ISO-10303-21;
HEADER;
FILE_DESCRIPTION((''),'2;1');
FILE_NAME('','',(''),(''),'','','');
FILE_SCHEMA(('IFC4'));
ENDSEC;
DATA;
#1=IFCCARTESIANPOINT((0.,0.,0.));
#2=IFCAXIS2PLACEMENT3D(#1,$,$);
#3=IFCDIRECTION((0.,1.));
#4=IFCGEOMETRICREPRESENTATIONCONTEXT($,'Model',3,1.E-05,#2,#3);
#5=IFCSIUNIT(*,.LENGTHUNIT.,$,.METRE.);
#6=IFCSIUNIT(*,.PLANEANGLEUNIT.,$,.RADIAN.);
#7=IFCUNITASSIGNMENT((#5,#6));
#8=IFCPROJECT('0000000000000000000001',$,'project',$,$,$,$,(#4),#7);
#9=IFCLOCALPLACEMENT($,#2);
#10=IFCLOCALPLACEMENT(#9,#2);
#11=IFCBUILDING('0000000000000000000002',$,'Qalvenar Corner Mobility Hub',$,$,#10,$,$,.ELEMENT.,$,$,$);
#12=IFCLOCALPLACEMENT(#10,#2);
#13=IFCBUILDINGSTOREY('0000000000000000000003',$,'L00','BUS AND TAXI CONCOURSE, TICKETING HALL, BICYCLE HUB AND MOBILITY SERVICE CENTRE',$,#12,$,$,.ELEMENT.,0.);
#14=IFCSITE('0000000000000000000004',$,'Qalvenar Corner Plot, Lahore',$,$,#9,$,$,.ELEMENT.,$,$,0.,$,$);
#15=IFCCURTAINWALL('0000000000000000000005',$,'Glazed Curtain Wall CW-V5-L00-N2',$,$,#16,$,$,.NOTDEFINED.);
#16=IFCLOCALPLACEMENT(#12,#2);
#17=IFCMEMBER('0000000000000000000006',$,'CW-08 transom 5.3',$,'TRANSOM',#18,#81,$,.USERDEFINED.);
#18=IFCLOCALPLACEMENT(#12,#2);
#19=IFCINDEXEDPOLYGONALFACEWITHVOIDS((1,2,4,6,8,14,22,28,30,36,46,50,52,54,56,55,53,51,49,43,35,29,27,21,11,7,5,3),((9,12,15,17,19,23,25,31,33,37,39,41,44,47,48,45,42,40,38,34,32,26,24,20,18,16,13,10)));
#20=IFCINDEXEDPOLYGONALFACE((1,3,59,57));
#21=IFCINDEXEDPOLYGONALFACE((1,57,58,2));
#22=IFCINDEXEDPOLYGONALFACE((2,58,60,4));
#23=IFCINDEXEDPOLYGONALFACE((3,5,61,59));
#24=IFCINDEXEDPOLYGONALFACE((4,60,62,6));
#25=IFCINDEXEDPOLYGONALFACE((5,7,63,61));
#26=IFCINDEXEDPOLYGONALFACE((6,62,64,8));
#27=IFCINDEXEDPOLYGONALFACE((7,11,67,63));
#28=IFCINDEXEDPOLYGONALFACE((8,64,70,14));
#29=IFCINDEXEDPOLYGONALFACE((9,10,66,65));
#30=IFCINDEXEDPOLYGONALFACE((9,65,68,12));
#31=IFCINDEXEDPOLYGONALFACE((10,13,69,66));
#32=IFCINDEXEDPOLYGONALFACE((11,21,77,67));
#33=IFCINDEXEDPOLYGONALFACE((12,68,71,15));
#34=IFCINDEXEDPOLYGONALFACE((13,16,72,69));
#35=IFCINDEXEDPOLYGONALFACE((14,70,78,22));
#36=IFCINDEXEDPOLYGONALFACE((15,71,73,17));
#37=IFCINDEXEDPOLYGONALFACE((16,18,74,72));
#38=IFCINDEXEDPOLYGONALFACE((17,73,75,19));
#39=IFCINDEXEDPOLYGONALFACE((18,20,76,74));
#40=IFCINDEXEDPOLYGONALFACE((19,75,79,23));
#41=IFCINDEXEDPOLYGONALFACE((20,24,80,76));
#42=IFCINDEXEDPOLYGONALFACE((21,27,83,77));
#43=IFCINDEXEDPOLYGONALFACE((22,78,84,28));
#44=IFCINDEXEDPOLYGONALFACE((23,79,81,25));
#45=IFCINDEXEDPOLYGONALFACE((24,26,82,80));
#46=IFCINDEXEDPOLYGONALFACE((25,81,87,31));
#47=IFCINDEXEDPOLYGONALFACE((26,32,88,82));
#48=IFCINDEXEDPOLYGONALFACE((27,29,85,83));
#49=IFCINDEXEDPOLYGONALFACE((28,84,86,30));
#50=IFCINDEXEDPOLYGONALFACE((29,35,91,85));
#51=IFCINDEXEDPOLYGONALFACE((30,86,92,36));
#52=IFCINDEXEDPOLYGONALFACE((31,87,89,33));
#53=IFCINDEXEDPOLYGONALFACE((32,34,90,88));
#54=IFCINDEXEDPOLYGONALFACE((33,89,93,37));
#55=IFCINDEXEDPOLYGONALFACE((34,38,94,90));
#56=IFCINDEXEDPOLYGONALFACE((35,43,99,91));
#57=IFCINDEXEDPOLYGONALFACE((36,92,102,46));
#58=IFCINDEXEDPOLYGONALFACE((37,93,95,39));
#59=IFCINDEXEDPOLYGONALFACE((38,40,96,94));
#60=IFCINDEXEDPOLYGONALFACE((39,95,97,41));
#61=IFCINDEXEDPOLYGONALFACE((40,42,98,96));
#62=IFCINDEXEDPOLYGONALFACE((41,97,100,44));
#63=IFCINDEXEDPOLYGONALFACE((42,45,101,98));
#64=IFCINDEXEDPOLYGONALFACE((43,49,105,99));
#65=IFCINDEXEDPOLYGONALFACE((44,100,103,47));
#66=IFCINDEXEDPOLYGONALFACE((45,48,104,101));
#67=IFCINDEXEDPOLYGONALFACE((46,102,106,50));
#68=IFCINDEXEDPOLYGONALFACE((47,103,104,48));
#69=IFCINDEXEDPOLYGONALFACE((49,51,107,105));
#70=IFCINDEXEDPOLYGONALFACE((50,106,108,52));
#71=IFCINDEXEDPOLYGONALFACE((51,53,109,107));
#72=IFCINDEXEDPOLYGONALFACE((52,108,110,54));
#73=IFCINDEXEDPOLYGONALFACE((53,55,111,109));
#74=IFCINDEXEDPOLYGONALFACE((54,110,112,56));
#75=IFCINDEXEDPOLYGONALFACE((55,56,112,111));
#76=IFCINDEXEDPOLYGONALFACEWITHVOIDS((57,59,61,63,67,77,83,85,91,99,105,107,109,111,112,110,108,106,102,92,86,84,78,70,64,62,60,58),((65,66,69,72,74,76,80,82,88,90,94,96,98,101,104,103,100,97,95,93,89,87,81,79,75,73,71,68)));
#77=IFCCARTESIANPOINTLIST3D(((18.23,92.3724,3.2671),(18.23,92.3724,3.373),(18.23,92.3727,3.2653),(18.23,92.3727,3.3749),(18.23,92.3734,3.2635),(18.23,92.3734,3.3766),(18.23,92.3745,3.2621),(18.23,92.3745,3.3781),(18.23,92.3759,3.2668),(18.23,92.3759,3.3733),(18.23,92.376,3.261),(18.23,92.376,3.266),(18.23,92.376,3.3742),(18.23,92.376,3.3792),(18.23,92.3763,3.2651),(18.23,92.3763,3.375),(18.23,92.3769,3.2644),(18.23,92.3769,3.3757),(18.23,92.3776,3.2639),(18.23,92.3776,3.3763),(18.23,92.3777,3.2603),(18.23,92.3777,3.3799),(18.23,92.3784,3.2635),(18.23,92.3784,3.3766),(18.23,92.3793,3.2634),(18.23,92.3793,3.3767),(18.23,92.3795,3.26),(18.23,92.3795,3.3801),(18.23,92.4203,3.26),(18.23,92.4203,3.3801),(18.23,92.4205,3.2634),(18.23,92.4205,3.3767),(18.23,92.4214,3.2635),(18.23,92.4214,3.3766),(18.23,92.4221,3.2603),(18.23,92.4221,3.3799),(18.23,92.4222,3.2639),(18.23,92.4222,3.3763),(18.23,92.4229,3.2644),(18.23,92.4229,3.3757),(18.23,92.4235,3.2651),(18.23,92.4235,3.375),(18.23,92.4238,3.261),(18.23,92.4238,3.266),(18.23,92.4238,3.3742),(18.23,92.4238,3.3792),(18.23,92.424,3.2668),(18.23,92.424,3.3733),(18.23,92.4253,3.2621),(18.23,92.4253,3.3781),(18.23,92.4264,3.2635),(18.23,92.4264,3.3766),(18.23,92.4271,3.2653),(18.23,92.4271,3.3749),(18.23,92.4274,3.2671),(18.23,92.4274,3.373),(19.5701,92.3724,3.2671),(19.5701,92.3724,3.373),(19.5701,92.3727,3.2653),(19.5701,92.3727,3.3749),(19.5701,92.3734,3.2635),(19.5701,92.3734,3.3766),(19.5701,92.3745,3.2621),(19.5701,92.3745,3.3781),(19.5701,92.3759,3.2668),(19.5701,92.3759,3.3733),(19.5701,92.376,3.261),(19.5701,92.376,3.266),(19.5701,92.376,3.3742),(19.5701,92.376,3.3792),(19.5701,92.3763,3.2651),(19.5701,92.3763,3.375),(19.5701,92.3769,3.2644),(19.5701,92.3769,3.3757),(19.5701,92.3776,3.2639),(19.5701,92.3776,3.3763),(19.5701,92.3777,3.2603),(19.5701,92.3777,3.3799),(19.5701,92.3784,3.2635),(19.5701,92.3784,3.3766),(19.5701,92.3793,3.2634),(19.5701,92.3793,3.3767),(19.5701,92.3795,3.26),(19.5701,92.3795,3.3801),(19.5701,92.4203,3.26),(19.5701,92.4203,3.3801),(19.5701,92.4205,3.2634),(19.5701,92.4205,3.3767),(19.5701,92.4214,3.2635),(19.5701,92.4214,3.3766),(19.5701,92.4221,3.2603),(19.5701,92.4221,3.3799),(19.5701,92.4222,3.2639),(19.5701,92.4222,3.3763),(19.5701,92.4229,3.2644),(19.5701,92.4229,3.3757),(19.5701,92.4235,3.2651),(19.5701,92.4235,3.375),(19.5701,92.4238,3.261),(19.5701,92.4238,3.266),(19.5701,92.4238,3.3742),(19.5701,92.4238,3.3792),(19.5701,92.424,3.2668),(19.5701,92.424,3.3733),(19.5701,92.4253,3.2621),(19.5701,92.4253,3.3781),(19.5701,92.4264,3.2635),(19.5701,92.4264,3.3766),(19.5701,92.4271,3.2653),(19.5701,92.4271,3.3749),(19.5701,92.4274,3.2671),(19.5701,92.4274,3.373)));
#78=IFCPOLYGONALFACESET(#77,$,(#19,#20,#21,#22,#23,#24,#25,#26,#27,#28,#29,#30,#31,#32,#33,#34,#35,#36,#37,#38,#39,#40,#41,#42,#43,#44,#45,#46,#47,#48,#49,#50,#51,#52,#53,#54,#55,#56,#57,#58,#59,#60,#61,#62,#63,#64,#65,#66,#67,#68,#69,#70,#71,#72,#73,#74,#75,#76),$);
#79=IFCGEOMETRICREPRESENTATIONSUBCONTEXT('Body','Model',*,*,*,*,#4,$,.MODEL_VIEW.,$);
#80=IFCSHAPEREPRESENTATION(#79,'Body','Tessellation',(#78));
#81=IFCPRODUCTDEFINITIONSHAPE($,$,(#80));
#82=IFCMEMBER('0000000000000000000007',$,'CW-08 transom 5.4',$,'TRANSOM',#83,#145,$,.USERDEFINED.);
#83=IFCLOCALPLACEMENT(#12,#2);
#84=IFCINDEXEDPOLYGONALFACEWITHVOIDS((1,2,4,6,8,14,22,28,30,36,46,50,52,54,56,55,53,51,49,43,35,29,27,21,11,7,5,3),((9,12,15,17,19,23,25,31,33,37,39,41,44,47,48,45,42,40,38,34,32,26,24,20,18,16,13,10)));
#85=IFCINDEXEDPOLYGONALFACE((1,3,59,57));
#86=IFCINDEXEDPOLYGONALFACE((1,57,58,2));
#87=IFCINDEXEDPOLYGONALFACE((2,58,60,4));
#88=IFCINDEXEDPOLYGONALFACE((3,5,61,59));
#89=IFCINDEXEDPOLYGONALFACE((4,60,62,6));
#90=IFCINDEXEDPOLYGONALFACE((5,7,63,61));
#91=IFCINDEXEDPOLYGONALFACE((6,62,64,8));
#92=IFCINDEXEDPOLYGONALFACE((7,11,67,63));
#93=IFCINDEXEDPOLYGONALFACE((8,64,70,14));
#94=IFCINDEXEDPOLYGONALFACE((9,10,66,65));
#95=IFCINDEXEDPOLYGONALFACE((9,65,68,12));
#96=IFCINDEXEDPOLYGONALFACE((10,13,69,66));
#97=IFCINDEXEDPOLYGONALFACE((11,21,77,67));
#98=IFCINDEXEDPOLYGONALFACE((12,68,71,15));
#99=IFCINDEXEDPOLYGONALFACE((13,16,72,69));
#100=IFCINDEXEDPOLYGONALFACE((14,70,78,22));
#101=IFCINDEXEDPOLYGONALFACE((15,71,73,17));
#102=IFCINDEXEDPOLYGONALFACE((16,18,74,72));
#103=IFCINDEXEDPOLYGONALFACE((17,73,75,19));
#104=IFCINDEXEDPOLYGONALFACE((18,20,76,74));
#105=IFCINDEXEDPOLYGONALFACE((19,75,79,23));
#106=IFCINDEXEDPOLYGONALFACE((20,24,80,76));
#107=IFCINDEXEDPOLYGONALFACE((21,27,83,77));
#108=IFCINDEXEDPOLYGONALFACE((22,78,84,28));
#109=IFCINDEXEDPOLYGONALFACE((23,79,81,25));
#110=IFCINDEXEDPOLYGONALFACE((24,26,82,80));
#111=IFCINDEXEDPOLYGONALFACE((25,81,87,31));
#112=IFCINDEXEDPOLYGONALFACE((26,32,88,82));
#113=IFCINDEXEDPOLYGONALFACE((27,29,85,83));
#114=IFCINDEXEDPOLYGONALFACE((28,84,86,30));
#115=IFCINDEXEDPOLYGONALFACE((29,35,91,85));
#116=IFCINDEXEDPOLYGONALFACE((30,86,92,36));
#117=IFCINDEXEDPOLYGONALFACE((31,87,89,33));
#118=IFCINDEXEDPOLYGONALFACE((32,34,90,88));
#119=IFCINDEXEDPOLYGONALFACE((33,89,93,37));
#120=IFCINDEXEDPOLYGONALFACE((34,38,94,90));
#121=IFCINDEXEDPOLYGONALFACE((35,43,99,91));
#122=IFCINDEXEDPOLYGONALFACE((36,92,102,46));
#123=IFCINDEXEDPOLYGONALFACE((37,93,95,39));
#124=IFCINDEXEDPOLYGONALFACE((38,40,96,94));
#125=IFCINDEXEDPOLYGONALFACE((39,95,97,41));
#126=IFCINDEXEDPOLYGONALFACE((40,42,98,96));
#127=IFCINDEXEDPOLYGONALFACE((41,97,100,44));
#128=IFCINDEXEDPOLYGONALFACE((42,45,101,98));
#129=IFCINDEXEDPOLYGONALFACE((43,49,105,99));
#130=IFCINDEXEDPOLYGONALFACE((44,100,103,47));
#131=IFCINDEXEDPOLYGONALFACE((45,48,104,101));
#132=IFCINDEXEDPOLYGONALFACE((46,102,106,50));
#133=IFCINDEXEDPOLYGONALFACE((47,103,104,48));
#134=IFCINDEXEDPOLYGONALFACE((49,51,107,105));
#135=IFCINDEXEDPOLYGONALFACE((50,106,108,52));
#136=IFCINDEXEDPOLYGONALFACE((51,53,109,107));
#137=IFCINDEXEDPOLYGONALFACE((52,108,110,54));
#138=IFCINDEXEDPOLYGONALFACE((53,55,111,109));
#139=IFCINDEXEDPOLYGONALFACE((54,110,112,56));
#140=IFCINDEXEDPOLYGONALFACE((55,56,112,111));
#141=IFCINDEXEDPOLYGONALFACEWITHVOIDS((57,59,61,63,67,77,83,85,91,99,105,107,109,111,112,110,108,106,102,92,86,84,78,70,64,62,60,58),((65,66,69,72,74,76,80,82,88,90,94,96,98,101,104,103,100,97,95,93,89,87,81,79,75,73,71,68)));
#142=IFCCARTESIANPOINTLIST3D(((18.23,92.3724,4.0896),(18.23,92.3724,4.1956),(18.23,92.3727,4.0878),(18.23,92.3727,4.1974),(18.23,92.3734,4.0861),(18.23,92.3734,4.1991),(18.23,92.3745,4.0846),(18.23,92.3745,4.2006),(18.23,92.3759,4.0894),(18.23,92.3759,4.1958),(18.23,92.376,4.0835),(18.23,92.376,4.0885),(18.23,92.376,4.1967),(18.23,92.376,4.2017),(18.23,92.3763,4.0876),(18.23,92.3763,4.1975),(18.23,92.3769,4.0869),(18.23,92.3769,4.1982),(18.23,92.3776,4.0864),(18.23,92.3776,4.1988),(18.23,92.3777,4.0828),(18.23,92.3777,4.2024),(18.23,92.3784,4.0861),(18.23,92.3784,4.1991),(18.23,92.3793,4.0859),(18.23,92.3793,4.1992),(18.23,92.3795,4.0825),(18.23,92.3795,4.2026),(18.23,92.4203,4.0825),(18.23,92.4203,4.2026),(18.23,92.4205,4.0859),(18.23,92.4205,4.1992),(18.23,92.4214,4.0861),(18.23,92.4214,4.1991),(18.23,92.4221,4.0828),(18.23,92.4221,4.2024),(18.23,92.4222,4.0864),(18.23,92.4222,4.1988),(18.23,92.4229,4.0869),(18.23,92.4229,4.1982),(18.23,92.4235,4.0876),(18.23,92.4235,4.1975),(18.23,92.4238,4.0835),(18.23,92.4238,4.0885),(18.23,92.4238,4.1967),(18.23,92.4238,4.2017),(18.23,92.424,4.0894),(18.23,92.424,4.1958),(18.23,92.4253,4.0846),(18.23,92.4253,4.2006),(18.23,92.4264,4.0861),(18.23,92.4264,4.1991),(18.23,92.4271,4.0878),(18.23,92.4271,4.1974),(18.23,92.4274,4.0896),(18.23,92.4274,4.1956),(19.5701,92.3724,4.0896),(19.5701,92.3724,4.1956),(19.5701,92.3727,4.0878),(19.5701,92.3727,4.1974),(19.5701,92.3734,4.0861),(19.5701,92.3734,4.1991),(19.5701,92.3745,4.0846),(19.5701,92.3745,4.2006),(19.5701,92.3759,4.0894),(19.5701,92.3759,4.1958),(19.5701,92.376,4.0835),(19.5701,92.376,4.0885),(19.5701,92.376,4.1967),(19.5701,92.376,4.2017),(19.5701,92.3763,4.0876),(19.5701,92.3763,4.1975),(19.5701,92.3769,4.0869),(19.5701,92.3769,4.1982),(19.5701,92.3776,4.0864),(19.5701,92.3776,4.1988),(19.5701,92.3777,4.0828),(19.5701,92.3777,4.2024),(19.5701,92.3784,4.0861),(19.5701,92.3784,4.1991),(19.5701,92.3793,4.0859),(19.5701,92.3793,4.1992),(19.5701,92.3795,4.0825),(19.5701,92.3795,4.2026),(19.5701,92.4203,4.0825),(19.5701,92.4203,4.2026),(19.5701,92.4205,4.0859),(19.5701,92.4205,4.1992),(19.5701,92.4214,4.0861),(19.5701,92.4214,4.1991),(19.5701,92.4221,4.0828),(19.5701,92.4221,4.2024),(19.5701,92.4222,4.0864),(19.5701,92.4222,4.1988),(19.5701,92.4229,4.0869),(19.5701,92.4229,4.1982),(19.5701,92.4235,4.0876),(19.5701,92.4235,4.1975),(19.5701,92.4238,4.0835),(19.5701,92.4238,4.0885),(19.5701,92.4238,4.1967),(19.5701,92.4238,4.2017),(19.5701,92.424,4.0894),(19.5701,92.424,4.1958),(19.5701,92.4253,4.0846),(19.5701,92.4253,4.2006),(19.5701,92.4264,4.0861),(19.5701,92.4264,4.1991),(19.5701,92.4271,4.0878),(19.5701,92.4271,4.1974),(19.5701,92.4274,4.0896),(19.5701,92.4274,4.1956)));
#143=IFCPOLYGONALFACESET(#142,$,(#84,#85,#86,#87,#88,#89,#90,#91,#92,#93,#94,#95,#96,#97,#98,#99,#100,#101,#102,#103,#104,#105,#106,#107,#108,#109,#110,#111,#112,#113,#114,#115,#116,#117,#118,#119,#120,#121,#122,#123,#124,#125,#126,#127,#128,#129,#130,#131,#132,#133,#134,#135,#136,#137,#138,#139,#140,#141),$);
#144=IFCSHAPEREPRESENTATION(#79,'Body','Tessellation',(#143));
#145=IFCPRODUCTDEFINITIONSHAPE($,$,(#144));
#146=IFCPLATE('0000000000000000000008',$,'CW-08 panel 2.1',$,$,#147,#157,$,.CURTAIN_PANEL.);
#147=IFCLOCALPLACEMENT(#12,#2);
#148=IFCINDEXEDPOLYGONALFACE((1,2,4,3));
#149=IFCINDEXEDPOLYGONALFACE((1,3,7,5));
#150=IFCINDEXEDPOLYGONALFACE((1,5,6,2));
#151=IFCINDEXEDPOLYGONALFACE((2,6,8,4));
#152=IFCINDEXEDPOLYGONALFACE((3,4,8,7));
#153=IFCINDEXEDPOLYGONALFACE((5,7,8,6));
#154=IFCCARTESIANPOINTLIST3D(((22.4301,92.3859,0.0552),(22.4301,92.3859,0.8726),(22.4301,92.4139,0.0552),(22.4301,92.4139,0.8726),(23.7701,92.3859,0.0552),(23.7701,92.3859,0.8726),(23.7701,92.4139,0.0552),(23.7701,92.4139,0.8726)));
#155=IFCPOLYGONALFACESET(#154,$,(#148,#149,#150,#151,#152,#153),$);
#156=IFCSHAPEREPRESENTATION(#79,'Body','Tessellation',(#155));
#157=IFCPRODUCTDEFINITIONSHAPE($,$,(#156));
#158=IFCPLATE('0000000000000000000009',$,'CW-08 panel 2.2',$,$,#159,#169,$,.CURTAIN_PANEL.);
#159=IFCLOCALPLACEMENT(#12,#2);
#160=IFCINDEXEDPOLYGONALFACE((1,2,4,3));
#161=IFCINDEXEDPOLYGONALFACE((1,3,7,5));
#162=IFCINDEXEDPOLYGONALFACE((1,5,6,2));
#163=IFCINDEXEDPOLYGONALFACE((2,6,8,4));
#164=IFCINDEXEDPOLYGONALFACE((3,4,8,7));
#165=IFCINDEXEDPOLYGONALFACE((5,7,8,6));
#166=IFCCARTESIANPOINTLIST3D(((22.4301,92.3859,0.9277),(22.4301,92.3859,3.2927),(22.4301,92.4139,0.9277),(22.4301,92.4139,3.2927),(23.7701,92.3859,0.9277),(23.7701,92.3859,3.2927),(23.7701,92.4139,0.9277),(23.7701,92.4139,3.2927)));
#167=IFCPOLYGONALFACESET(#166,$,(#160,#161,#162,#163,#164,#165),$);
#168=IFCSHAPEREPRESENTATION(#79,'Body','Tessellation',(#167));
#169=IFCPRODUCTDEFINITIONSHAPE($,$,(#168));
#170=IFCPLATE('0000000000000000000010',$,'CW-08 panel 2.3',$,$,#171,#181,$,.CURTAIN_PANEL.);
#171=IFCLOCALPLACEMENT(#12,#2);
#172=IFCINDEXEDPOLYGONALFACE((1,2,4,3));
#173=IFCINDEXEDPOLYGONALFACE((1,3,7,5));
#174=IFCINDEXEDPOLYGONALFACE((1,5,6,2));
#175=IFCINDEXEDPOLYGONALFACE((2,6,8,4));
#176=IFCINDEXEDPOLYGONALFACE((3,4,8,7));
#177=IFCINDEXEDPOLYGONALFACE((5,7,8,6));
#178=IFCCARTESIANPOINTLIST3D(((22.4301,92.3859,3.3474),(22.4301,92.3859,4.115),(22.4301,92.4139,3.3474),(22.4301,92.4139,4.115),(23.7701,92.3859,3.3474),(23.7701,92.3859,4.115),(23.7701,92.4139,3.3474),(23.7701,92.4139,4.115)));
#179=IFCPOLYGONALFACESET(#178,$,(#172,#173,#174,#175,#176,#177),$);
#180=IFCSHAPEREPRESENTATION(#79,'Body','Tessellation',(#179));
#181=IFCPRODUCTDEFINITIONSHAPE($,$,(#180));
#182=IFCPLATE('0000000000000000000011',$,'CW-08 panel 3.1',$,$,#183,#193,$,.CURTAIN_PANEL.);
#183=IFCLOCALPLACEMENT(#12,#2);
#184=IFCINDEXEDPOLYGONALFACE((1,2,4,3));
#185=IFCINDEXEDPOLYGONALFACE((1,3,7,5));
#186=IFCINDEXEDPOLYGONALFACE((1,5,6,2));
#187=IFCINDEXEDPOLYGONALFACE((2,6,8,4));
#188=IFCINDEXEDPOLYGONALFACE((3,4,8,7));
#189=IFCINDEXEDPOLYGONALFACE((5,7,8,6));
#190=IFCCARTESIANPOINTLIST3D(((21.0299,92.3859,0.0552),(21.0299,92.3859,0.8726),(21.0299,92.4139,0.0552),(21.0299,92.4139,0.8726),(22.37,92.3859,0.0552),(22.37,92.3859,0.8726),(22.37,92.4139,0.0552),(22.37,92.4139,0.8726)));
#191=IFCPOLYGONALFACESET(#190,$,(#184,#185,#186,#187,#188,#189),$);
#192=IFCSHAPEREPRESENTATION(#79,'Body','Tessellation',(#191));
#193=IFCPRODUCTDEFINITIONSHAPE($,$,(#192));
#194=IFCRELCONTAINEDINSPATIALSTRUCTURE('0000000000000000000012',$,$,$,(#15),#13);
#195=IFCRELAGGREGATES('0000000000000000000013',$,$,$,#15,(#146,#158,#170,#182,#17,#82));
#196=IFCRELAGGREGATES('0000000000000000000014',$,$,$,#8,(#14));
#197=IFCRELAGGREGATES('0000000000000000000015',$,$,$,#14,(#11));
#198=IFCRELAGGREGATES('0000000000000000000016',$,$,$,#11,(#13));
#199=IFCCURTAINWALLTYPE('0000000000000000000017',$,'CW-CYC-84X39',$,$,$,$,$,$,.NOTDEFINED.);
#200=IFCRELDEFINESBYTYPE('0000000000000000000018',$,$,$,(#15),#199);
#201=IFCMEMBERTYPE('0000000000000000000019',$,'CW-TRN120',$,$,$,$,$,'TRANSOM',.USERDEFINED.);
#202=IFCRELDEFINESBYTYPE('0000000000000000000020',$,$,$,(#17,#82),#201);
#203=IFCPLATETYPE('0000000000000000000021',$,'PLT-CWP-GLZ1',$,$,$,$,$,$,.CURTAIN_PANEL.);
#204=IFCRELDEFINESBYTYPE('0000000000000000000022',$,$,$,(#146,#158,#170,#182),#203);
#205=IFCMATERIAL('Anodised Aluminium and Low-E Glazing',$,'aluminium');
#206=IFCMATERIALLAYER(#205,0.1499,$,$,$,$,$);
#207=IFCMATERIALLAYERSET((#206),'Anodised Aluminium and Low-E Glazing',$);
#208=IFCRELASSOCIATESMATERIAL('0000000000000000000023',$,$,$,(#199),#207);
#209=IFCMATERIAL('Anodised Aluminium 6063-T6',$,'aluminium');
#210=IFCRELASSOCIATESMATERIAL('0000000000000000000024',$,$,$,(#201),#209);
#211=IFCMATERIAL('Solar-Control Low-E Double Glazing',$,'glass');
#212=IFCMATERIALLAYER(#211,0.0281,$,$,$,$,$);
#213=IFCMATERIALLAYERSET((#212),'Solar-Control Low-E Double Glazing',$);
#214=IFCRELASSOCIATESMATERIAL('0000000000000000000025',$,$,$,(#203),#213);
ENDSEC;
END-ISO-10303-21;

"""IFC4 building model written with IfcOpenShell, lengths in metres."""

from ifc_helpers import new_model, si_unit, direction, frame, origin, origin_2d, place, context, subcontext, project, spatial, rectangle, hollow_rectangle, extrude, material, layer, layer_set, material_profile, profile_set, type_object, element, aggregate, save


model = new_model("IFC4")

# Units and contexts
model_context = context("Model", 3, precision=1e-05, world=origin(), true_north=direction((0.0, 1.0)))
body_context = subcontext(model_context, "Body", "Model", "MODEL_VIEW")
ifc_project = project(units=[si_unit("LENGTHUNIT", "METRE"), si_unit("PLANEANGLEUNIT", "RADIAN")], contexts=[model_context])

# Site, building, storey
site_placement = place(None, origin())
site = spatial("IfcSite", under=ifc_project, at=site_placement, Name="Qalvenar Corner Plot, Lahore", CompositionType="ELEMENT", RefElevation=0.0)
building_placement = place(site_placement, origin())
building = spatial("IfcBuilding", under=site, at=building_placement, Name="Qalvenar Corner Mobility Hub", CompositionType="ELEMENT")
storey_placement = place(building_placement, origin())
storey = spatial("IfcBuildingStorey", under=building, at=storey_placement, Name="L00", Description="BUS AND TAXI CONCOURSE, TICKETING HALL, BICYCLE HUB AND MOBILITY SERVICE CENTRE", CompositionType="ELEMENT", Elevation=0.0)

# Curtain wall, members, plates
ifc_material_1 = material(Name="Anodised Aluminium and Low-E Glazing", Category="aluminium")
ifc_layer_1 = layer(ifc_material_1, 0.1499)
ifc_layer_set_1 = layer_set([ifc_layer_1], Name="Anodised Aluminium and Low-E Glazing")
curtain_wall_type = type_object("IfcCurtainWallType", Name="CW-CYC-84X39", PredefinedType="NOTDEFINED", material=ifc_layer_set_1)
curtain_wall_placement = place(storey_placement, origin())
curtain_wall = element("IfcCurtainWall", 1, at=curtain_wall_placement, inside=storey, type_object=curtain_wall_type, Name="Glazed Curtain Wall CW-V5-L00-N2", PredefinedType="NOTDEFINED")
ifc_material_2 = material(Name="Anodised Aluminium 6063-T6", Category="aluminium")
ifc_material_profile_1 = material_profile(ifc_material_2, hollow_rectangle(XDim=0.0549, YDim=0.1201, WallThickness=0.0034, InnerFilletRadius=0.0034, OuterFilletRadius=0.0071, at=origin_2d()), Name="RHS120x55x3.5")
ifc_profile_set_1 = profile_set([ifc_material_profile_1], Name="Anodised Aluminium 6063-T6")
member_type_1 = type_object("IfcMemberType", Name="CW-TRN120", ElementType="TRANSOM", PredefinedType="USERDEFINED", material=ifc_profile_set_1)
member_1_placement = place(storey_placement, frame((19.5701, 92.3999, 3.3201), z_axis=(-1.0, 0.0, 0.0), x_axis=(0.0, -1.0, 0.0)))
member_1 = element("IfcMember", 2, at=member_1_placement, type_object=member_type_1, Name="CW-08 transom 5.3", ObjectType="TRANSOM", PredefinedType="USERDEFINED", context=body_context, shape_type="SweptSolid", body=[
    extrude(hollow_rectangle(XDim=0.0549, YDim=0.1201, WallThickness=0.0034, InnerFilletRadius=0.0034, OuterFilletRadius=0.0071, at=origin_2d()), origin(), (0.0, 0.0, 1.0), 1.3401),
])
member_2_placement = place(storey_placement, frame((19.5701, 92.3999, 4.1426), z_axis=(-1.0, 0.0, 0.0), x_axis=(0.0, -1.0, 0.0)))
member_2 = element("IfcMember", 3, at=member_2_placement, type_object=member_type_1, Name="CW-08 transom 5.4", ObjectType="TRANSOM", PredefinedType="USERDEFINED", context=body_context, shape_type="SweptSolid", body=[
    extrude(hollow_rectangle(XDim=0.0549, YDim=0.1201, WallThickness=0.0034, InnerFilletRadius=0.0034, OuterFilletRadius=0.0071, at=origin_2d()), origin(), (0.0, 0.0, 1.0), 1.3401),
])
ifc_material_3 = material(Name="Solar-Control Low-E Double Glazing", Category="glass")
ifc_layer_2 = layer(ifc_material_3, 0.0281)
ifc_layer_set_2 = layer_set([ifc_layer_2], Name="Solar-Control Low-E Double Glazing")
plate_type = type_object("IfcPlateType", Name="PLT-CWP-GLZ1", PredefinedType="CURTAIN_PANEL", material=ifc_layer_set_2)
plate_1_placement = place(storey_placement, frame((23.1001, 92.3999, 0.0552), z_axis=(0.0, 0.0, 1.0), x_axis=(-1.0, 0.0, 0.0)))
plate_1 = element("IfcPlate", 4, at=plate_1_placement, type_object=plate_type, Name="CW-08 panel 2.1", PredefinedType="CURTAIN_PANEL", context=body_context, shape_type="SweptSolid", body=[
    extrude(rectangle(XDim=1.3401, YDim=0.0281, at=origin_2d()), origin(), (0.0, 0.0, 1.0), 0.8174),
])
plate_2_placement = place(storey_placement, frame((23.1001, 92.3999, 0.9277), z_axis=(0.0, 0.0, 1.0), x_axis=(-1.0, 0.0, 0.0)))
plate_2 = element("IfcPlate", 5, at=plate_2_placement, type_object=plate_type, Name="CW-08 panel 2.2", PredefinedType="CURTAIN_PANEL", context=body_context, shape_type="SweptSolid", body=[
    extrude(rectangle(XDim=1.3401, YDim=0.0281, at=origin_2d()), origin(), (0.0, 0.0, 1.0), 2.365),
])
plate_3_placement = place(storey_placement, frame((23.1001, 92.3999, 3.3474), z_axis=(0.0, 0.0, 1.0), x_axis=(-1.0, 0.0, 0.0)))
plate_3 = element("IfcPlate", 6, at=plate_3_placement, type_object=plate_type, Name="CW-08 panel 2.3", PredefinedType="CURTAIN_PANEL", context=body_context, shape_type="SweptSolid", body=[
    extrude(rectangle(XDim=1.3401, YDim=0.0281, at=origin_2d()), origin(), (0.0, 0.0, 1.0), 0.7676),
])
plate_4_placement = place(storey_placement, frame((21.7, 92.3999, 0.0552), z_axis=(0.0, 0.0, 1.0), x_axis=(-1.0, 0.0, 0.0)))
plate_4 = element("IfcPlate", 7, at=plate_4_placement, type_object=plate_type, Name="CW-08 panel 3.1", PredefinedType="CURTAIN_PANEL", context=body_context, shape_type="SweptSolid", body=[
    extrude(rectangle(XDim=1.3401, YDim=0.0281, at=origin_2d()), origin(), (0.0, 0.0, 1.0), 0.8174),
])
aggregate(curtain_wall, [plate_1, plate_2, plate_3, plate_4, member_1, member_2])

save(model, "model.ifc")
